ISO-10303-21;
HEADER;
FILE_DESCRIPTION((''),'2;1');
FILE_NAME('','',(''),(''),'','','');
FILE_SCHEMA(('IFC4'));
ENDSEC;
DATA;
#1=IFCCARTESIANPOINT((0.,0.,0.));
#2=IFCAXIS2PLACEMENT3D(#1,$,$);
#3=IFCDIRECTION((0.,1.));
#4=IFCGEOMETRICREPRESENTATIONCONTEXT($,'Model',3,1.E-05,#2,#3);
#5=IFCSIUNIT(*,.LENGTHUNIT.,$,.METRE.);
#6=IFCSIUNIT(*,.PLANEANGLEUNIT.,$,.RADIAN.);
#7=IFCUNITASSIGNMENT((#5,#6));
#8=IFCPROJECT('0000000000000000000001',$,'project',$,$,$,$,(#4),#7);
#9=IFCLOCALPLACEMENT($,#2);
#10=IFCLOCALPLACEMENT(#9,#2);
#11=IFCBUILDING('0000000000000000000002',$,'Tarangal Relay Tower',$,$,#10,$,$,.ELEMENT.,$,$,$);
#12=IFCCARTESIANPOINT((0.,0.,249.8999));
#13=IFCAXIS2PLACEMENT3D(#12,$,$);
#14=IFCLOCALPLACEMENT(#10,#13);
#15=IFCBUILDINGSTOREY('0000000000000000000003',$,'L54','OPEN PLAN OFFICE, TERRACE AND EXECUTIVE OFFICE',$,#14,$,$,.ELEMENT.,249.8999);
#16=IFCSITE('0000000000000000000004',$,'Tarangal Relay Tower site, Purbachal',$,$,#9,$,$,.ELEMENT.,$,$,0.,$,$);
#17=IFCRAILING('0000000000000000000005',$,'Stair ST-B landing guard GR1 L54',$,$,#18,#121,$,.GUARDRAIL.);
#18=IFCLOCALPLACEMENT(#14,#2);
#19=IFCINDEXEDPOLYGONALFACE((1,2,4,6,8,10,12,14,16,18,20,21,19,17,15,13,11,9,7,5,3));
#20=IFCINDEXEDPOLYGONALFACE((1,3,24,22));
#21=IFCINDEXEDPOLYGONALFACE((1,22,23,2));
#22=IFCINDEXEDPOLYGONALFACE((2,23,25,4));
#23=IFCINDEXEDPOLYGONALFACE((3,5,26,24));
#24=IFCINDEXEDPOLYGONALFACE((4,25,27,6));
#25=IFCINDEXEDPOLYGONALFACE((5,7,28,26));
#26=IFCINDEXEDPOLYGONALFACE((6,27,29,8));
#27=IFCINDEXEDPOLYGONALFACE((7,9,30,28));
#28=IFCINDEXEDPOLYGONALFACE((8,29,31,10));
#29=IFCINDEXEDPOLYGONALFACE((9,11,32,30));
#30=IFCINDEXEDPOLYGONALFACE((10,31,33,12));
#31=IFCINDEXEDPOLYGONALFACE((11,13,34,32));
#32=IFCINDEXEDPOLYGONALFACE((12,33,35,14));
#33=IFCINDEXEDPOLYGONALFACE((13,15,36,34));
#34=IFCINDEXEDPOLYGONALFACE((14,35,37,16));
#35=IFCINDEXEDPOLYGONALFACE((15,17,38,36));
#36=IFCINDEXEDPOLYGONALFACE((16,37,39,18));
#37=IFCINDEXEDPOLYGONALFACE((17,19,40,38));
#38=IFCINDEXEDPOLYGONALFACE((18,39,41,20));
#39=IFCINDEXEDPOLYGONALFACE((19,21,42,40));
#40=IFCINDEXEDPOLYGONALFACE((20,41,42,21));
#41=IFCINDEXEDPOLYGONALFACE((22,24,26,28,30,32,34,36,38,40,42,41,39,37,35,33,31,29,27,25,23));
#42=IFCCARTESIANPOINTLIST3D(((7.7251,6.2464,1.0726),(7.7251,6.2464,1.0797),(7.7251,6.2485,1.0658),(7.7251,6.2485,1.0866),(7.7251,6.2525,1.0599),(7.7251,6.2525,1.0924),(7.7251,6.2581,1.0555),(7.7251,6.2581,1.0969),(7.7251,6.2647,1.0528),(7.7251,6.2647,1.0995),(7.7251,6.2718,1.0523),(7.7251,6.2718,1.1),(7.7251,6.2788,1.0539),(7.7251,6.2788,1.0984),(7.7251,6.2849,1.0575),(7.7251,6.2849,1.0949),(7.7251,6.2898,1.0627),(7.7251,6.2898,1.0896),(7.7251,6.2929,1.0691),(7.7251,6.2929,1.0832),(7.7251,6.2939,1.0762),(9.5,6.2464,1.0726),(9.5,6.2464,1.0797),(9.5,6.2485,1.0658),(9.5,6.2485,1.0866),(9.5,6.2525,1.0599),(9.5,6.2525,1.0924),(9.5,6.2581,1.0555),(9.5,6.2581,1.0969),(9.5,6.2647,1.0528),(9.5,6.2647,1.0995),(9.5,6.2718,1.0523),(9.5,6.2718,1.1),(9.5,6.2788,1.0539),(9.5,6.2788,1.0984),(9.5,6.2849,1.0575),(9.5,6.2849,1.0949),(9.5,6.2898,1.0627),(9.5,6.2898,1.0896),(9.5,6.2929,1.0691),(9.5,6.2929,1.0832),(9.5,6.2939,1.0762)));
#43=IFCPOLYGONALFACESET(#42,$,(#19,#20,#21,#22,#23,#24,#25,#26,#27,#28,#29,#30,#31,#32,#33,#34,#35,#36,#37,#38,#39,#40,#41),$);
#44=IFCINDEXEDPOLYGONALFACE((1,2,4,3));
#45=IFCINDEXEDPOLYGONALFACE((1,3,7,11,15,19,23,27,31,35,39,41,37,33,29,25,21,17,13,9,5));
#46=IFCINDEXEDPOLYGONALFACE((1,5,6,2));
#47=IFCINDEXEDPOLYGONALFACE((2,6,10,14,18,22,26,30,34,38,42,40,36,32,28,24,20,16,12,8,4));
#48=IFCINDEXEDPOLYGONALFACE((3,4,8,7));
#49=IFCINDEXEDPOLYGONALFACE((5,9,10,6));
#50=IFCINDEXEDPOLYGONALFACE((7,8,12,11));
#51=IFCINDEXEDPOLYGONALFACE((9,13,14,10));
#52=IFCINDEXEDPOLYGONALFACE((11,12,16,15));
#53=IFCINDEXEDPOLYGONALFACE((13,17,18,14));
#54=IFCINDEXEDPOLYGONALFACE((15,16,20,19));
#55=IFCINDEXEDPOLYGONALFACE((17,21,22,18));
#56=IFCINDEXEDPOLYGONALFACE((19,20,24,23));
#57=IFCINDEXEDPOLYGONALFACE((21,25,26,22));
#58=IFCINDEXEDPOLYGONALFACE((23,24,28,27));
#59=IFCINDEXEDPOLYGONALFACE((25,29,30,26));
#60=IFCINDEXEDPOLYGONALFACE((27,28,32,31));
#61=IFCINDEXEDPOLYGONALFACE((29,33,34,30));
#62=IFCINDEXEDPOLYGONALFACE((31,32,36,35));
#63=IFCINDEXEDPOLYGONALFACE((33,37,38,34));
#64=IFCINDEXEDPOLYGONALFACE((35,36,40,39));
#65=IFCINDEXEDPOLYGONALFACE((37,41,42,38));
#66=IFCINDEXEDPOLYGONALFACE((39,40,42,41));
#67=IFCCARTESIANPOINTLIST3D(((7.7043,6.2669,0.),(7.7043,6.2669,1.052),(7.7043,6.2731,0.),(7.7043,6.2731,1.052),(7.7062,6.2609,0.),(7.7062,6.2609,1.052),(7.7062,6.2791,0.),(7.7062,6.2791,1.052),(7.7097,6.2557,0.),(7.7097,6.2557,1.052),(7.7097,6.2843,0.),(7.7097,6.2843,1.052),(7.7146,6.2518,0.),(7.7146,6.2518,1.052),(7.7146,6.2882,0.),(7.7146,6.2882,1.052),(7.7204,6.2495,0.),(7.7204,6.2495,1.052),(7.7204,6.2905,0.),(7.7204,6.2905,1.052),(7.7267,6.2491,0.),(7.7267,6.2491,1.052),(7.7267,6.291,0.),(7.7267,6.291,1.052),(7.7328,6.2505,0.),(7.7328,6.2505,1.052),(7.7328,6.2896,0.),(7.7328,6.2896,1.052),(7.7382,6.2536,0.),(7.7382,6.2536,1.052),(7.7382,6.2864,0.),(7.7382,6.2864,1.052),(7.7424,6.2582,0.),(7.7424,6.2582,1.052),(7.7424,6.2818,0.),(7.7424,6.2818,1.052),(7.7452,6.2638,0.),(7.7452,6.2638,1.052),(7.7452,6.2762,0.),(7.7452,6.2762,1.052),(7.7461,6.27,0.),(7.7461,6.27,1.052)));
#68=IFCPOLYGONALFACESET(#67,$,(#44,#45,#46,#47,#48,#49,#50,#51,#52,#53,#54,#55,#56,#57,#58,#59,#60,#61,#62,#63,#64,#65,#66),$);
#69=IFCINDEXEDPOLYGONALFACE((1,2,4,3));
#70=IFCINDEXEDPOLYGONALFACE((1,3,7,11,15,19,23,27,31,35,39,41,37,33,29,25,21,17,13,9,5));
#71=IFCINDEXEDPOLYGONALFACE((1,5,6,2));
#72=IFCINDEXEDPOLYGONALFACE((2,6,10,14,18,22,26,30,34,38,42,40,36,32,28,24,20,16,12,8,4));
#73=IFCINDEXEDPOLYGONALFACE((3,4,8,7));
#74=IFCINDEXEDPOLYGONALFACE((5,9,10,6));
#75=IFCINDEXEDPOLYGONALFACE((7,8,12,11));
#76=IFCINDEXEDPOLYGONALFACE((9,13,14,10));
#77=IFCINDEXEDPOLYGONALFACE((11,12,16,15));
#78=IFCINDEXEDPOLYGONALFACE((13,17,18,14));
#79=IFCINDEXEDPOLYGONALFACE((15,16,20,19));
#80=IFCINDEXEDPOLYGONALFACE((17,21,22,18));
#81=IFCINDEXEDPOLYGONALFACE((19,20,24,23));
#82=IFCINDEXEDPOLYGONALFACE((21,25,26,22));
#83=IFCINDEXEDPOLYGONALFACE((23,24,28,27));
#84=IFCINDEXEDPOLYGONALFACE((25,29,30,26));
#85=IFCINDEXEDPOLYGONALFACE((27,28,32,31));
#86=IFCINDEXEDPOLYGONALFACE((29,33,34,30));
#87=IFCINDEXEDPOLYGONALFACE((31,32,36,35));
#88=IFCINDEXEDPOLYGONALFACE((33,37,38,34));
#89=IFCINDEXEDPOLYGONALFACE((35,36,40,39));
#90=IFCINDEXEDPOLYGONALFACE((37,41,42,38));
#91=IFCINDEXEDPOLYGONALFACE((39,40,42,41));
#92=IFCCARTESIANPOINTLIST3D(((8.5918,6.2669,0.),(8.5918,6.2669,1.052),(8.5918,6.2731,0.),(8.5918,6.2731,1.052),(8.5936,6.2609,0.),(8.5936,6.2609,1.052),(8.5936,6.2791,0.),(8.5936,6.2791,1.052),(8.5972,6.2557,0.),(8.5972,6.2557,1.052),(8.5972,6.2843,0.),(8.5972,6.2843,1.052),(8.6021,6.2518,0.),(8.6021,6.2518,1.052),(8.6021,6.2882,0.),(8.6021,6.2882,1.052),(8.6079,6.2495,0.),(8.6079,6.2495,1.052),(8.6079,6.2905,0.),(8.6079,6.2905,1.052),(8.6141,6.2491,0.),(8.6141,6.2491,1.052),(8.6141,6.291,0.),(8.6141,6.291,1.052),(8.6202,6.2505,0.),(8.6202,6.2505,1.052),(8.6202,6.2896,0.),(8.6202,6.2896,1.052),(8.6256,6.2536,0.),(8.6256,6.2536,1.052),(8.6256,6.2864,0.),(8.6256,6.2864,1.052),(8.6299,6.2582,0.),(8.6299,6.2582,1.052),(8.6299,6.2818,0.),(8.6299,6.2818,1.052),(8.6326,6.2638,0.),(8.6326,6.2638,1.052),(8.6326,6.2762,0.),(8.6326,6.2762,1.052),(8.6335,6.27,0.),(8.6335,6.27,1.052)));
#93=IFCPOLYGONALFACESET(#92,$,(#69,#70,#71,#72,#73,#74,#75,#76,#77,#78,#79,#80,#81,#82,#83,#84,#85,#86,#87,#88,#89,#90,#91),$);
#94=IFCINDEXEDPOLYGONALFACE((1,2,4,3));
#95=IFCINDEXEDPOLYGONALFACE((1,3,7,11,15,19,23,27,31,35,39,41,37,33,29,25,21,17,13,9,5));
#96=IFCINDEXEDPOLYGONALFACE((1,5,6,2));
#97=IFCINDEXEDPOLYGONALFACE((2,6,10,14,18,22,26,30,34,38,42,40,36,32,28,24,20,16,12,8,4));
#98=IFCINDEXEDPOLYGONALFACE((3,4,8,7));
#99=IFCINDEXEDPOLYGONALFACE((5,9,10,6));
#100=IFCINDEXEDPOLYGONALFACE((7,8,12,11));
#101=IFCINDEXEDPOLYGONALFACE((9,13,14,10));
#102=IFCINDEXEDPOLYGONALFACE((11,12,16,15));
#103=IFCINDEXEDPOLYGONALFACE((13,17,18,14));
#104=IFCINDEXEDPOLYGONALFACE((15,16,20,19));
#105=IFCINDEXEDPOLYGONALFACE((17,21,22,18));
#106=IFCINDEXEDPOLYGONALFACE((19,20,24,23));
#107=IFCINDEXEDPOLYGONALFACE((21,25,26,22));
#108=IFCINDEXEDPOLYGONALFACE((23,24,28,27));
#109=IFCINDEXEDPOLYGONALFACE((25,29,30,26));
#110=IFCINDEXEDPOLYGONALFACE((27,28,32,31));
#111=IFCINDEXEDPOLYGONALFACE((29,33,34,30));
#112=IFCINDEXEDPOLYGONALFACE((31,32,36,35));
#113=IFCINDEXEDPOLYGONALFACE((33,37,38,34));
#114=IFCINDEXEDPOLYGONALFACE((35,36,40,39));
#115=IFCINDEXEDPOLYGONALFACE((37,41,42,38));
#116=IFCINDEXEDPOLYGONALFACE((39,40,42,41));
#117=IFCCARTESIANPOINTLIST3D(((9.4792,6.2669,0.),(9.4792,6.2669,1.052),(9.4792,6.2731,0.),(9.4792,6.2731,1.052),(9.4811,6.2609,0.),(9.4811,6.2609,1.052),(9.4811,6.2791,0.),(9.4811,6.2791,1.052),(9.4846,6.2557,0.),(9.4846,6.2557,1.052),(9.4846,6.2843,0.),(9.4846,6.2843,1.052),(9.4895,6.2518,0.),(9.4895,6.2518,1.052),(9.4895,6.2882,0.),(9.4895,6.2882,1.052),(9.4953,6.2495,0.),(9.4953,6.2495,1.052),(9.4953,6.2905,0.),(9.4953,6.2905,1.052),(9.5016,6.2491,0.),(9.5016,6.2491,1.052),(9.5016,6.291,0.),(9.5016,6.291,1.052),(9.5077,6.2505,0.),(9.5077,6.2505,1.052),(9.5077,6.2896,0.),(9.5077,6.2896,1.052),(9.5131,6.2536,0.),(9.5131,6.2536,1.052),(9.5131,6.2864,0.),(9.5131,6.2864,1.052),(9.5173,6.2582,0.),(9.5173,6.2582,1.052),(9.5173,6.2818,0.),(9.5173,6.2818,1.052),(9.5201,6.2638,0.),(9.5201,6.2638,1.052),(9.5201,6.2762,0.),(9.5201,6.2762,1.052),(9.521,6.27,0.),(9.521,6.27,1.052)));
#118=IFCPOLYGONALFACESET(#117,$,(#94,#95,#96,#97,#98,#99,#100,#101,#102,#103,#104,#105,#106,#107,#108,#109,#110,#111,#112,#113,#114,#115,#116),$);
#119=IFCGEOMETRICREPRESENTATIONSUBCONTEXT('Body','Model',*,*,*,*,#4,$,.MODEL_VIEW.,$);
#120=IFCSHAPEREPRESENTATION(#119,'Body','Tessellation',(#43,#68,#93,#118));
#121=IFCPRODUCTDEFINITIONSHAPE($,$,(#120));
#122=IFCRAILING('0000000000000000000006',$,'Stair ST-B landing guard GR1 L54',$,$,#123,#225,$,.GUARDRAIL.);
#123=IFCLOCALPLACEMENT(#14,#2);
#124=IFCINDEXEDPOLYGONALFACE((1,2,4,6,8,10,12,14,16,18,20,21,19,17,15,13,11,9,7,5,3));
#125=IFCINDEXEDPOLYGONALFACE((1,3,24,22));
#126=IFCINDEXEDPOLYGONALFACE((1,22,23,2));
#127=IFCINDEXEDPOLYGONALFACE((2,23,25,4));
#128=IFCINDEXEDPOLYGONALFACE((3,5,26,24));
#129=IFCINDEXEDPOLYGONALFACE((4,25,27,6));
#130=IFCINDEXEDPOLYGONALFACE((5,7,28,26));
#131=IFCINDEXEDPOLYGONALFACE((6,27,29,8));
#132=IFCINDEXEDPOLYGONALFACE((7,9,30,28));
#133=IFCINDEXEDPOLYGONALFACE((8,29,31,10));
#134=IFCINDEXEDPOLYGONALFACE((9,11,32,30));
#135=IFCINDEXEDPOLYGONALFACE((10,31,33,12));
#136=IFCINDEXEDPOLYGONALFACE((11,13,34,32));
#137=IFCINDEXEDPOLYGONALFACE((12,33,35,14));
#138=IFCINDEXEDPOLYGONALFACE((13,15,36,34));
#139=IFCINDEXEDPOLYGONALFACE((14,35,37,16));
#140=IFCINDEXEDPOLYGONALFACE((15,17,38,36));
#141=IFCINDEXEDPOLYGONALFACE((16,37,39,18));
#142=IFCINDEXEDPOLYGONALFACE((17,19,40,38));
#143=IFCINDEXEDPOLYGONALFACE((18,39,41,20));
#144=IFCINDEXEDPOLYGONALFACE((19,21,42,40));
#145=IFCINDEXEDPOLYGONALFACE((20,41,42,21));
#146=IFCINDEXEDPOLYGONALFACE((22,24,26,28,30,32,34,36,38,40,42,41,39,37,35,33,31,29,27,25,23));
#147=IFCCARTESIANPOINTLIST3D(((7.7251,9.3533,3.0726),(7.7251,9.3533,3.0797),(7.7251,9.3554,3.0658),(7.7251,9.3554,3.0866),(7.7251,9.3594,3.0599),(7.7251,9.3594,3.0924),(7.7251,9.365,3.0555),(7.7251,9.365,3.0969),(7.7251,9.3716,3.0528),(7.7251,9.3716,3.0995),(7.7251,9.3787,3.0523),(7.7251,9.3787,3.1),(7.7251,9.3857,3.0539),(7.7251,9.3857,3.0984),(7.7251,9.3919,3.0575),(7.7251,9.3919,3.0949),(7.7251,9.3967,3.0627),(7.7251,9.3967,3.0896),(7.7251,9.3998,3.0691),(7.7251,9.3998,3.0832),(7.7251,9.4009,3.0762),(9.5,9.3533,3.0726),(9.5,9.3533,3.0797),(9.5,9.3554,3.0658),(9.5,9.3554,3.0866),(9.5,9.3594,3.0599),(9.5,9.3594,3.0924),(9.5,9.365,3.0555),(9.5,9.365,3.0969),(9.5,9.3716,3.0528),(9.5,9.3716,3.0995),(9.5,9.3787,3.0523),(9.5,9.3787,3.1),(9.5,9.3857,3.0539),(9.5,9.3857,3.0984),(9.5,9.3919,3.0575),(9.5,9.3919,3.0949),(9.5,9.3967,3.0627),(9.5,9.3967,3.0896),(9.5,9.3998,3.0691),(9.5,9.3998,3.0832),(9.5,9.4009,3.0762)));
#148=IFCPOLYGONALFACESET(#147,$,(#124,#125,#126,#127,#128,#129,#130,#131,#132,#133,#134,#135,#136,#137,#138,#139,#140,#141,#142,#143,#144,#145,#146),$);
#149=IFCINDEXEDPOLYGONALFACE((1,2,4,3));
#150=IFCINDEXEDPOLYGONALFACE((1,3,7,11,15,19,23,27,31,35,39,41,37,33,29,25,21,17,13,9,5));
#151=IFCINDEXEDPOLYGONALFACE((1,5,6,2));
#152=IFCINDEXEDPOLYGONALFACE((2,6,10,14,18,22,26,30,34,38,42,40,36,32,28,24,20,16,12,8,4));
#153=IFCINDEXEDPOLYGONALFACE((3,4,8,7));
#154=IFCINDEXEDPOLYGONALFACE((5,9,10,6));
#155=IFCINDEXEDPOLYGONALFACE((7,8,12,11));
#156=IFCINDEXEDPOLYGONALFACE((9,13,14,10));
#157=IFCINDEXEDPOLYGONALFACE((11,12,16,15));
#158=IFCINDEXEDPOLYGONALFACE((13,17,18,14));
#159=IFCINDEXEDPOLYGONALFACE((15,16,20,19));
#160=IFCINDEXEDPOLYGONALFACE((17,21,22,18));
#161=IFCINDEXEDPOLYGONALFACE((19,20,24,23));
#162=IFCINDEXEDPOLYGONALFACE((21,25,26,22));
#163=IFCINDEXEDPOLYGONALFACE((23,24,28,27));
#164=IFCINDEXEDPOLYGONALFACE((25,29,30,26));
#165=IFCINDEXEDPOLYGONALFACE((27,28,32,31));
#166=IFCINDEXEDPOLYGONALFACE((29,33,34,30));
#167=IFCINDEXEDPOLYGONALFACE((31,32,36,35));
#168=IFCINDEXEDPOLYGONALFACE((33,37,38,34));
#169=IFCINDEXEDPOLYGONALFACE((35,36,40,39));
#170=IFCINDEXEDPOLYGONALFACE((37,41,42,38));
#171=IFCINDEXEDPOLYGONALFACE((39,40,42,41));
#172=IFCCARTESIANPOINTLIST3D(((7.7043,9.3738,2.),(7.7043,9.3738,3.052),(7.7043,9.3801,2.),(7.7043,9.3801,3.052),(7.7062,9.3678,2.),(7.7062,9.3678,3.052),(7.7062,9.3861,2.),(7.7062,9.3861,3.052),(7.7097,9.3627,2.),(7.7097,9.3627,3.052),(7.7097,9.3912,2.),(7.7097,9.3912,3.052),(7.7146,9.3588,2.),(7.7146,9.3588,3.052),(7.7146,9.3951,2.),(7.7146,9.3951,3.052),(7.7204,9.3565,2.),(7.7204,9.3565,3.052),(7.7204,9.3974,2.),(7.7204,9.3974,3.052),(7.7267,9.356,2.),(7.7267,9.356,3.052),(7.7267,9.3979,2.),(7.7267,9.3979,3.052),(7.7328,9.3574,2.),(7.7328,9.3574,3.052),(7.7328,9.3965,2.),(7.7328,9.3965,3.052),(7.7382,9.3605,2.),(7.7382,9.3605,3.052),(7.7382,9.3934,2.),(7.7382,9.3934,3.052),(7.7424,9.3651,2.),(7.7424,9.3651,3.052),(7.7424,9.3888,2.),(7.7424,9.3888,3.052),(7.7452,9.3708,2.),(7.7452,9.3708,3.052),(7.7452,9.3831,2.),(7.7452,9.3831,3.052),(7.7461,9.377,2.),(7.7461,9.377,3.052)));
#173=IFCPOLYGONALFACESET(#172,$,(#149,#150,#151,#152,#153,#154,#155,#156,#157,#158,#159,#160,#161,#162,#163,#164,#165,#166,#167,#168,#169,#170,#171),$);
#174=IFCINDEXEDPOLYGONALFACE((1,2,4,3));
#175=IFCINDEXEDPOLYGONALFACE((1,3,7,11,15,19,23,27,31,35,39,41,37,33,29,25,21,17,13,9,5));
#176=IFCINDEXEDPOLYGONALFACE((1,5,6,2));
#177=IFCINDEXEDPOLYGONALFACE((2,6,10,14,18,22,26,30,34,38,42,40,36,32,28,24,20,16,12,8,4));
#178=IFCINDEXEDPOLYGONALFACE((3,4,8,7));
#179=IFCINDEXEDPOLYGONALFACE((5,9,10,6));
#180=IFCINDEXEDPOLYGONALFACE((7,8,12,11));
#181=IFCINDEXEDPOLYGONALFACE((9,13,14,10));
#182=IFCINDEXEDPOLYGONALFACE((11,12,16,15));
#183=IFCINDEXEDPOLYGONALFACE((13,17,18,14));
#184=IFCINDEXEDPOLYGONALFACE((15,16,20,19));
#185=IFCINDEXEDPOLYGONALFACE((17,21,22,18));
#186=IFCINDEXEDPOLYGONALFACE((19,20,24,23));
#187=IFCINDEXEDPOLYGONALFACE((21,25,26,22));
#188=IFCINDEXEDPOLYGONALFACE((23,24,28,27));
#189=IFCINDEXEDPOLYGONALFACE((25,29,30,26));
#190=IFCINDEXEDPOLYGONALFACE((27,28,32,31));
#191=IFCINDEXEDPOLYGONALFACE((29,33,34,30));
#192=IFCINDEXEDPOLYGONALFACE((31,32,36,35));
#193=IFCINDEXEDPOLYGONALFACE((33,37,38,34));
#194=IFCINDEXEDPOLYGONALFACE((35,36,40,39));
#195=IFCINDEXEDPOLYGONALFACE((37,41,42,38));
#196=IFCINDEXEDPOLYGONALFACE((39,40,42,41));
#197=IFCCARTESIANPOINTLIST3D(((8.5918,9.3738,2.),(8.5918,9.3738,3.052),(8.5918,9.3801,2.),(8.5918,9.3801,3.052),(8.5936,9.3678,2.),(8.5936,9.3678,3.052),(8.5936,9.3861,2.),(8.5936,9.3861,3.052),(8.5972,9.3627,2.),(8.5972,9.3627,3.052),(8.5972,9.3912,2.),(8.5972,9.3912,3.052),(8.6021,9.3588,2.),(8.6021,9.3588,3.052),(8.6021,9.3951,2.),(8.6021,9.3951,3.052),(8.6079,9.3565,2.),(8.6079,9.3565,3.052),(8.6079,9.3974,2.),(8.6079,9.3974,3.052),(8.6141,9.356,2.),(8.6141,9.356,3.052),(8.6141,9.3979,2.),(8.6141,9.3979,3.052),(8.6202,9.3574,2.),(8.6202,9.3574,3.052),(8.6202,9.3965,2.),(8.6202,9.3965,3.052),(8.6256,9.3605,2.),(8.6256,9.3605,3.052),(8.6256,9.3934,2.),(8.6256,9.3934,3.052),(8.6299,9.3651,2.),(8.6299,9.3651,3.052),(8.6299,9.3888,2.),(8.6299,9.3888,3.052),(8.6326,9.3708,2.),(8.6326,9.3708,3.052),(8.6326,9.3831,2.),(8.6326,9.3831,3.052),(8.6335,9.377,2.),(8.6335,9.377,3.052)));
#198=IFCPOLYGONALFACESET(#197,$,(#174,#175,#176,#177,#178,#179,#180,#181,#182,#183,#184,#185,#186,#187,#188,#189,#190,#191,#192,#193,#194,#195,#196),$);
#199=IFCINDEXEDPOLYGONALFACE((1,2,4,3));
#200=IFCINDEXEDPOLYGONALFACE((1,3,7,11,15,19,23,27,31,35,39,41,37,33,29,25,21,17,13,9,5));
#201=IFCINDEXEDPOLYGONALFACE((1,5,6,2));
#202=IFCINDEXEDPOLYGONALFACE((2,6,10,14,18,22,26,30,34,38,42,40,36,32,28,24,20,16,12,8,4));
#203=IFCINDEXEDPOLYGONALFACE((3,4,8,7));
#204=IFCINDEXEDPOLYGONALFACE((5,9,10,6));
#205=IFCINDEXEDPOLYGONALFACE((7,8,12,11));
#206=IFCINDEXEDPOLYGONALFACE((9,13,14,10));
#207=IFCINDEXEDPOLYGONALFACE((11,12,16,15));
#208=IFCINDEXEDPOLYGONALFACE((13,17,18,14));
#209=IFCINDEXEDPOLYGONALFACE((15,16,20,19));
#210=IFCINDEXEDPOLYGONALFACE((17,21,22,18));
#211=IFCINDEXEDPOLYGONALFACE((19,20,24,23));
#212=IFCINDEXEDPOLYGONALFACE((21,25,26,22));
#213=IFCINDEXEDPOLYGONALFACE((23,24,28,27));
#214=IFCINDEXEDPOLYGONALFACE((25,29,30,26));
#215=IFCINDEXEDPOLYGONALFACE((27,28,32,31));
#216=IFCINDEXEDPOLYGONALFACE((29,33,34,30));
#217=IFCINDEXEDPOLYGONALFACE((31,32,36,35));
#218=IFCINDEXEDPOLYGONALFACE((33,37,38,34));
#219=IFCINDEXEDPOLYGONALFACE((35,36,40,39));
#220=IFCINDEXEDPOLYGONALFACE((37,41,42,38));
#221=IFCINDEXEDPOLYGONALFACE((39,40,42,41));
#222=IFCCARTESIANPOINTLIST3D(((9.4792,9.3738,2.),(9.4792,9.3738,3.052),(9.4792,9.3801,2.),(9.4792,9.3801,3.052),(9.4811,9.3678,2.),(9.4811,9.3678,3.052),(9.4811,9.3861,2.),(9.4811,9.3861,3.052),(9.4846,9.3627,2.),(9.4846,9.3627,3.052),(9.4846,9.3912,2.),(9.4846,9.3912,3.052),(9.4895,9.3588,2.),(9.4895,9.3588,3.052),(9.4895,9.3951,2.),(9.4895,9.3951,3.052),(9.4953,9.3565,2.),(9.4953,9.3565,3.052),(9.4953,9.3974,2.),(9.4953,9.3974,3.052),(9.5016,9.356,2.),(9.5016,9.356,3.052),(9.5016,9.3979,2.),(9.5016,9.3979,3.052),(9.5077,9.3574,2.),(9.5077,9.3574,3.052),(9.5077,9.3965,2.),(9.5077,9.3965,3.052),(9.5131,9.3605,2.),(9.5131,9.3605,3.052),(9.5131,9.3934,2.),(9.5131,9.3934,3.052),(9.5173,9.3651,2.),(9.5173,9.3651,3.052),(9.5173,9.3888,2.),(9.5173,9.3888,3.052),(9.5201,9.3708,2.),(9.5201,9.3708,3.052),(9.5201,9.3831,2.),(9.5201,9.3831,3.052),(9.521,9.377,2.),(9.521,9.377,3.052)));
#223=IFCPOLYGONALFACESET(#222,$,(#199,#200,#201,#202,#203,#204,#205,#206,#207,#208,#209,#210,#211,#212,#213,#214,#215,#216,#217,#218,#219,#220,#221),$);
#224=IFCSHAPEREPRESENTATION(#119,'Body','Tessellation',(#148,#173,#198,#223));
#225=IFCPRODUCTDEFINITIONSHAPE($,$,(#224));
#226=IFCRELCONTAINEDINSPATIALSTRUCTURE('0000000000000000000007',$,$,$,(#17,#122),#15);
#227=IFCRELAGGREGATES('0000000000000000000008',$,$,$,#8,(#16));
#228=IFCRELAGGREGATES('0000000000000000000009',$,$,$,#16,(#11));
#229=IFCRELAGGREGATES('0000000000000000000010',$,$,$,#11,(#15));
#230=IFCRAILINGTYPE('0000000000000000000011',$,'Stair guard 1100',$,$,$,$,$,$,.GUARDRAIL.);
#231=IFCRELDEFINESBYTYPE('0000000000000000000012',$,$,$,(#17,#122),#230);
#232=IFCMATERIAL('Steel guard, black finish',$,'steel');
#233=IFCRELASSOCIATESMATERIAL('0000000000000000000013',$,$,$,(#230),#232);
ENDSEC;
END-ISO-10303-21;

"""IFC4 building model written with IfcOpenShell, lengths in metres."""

from ifc_helpers import new_model, si_unit, direction, frame, origin, origin_2d, place, context, subcontext, project, spatial, circle, extrude, material, type_object, element, save


model = new_model("IFC4")

# Units and contexts
model_context = context("Model", 3, precision=1e-05, world=origin(), true_north=direction((0.0, 1.0)))
body_context = subcontext(model_context, "Body", "Model", "MODEL_VIEW")
ifc_project = project(units=[si_unit("LENGTHUNIT", "METRE"), si_unit("PLANEANGLEUNIT", "RADIAN")], contexts=[model_context])

# Site, building, storey
site_placement = place(None, origin())
site = spatial("IfcSite", under=ifc_project, at=site_placement, Name="Tarangal Relay Tower site, Purbachal", CompositionType="ELEMENT", RefElevation=0.0)
building_placement = place(site_placement, origin())
building = spatial("IfcBuilding", under=site, at=building_placement, Name="Tarangal Relay Tower", CompositionType="ELEMENT")
storey_placement = place(building_placement, frame((0.0, 0.0, 249.8999)))
storey = spatial("IfcBuildingStorey", under=building, at=storey_placement, Name="L54", Description="OPEN PLAN OFFICE, TERRACE AND EXECUTIVE OFFICE", CompositionType="ELEMENT", Elevation=249.8999)

# Railings
ifc_material_1 = material(Name="Steel guard, black finish", Category="steel")
railing_type_1 = type_object("IfcRailingType", Name="Stair guard 1100", PredefinedType="GUARDRAIL", material=ifc_material_1)
for number, where, name in (
    (1, (7.7251, 6.27, 0.0), "Stair ST-B landing guard GR1 L54"),
    (2, (7.7251, 9.377, 2.0), "Stair ST-B landing guard GR1 L54"),
):
    element("IfcRailing", number, at=place(storey_placement, frame(where)), inside=storey, type_object=railing_type_1, Name=name, PredefinedType="GUARDRAIL", context=body_context, shape_type="SweptSolid", body=[
        extrude(circle(Radius=0.0239, at=origin_2d()), frame((0.0, 0.0, 1.0762), z_axis=(1.0, 0.0, 0.0), x_axis=(0.0, 1.0, 0.0)), (0.0, 0.0, 1.0), 1.7749),
        extrude(circle(Radius=0.021, at=origin_2d()), origin(), (0.0, 0.0, 1.0), 1.052),
        extrude(circle(Radius=0.021, at=origin_2d()), frame((0.8875, 0.0, 0.0)), (0.0, 0.0, 1.0), 1.052),
        extrude(circle(Radius=0.021, at=origin_2d()), frame((1.7749, 0.0, 0.0)), (0.0, 0.0, 1.0), 1.052),
    ])

save(model, "model.ifc")
